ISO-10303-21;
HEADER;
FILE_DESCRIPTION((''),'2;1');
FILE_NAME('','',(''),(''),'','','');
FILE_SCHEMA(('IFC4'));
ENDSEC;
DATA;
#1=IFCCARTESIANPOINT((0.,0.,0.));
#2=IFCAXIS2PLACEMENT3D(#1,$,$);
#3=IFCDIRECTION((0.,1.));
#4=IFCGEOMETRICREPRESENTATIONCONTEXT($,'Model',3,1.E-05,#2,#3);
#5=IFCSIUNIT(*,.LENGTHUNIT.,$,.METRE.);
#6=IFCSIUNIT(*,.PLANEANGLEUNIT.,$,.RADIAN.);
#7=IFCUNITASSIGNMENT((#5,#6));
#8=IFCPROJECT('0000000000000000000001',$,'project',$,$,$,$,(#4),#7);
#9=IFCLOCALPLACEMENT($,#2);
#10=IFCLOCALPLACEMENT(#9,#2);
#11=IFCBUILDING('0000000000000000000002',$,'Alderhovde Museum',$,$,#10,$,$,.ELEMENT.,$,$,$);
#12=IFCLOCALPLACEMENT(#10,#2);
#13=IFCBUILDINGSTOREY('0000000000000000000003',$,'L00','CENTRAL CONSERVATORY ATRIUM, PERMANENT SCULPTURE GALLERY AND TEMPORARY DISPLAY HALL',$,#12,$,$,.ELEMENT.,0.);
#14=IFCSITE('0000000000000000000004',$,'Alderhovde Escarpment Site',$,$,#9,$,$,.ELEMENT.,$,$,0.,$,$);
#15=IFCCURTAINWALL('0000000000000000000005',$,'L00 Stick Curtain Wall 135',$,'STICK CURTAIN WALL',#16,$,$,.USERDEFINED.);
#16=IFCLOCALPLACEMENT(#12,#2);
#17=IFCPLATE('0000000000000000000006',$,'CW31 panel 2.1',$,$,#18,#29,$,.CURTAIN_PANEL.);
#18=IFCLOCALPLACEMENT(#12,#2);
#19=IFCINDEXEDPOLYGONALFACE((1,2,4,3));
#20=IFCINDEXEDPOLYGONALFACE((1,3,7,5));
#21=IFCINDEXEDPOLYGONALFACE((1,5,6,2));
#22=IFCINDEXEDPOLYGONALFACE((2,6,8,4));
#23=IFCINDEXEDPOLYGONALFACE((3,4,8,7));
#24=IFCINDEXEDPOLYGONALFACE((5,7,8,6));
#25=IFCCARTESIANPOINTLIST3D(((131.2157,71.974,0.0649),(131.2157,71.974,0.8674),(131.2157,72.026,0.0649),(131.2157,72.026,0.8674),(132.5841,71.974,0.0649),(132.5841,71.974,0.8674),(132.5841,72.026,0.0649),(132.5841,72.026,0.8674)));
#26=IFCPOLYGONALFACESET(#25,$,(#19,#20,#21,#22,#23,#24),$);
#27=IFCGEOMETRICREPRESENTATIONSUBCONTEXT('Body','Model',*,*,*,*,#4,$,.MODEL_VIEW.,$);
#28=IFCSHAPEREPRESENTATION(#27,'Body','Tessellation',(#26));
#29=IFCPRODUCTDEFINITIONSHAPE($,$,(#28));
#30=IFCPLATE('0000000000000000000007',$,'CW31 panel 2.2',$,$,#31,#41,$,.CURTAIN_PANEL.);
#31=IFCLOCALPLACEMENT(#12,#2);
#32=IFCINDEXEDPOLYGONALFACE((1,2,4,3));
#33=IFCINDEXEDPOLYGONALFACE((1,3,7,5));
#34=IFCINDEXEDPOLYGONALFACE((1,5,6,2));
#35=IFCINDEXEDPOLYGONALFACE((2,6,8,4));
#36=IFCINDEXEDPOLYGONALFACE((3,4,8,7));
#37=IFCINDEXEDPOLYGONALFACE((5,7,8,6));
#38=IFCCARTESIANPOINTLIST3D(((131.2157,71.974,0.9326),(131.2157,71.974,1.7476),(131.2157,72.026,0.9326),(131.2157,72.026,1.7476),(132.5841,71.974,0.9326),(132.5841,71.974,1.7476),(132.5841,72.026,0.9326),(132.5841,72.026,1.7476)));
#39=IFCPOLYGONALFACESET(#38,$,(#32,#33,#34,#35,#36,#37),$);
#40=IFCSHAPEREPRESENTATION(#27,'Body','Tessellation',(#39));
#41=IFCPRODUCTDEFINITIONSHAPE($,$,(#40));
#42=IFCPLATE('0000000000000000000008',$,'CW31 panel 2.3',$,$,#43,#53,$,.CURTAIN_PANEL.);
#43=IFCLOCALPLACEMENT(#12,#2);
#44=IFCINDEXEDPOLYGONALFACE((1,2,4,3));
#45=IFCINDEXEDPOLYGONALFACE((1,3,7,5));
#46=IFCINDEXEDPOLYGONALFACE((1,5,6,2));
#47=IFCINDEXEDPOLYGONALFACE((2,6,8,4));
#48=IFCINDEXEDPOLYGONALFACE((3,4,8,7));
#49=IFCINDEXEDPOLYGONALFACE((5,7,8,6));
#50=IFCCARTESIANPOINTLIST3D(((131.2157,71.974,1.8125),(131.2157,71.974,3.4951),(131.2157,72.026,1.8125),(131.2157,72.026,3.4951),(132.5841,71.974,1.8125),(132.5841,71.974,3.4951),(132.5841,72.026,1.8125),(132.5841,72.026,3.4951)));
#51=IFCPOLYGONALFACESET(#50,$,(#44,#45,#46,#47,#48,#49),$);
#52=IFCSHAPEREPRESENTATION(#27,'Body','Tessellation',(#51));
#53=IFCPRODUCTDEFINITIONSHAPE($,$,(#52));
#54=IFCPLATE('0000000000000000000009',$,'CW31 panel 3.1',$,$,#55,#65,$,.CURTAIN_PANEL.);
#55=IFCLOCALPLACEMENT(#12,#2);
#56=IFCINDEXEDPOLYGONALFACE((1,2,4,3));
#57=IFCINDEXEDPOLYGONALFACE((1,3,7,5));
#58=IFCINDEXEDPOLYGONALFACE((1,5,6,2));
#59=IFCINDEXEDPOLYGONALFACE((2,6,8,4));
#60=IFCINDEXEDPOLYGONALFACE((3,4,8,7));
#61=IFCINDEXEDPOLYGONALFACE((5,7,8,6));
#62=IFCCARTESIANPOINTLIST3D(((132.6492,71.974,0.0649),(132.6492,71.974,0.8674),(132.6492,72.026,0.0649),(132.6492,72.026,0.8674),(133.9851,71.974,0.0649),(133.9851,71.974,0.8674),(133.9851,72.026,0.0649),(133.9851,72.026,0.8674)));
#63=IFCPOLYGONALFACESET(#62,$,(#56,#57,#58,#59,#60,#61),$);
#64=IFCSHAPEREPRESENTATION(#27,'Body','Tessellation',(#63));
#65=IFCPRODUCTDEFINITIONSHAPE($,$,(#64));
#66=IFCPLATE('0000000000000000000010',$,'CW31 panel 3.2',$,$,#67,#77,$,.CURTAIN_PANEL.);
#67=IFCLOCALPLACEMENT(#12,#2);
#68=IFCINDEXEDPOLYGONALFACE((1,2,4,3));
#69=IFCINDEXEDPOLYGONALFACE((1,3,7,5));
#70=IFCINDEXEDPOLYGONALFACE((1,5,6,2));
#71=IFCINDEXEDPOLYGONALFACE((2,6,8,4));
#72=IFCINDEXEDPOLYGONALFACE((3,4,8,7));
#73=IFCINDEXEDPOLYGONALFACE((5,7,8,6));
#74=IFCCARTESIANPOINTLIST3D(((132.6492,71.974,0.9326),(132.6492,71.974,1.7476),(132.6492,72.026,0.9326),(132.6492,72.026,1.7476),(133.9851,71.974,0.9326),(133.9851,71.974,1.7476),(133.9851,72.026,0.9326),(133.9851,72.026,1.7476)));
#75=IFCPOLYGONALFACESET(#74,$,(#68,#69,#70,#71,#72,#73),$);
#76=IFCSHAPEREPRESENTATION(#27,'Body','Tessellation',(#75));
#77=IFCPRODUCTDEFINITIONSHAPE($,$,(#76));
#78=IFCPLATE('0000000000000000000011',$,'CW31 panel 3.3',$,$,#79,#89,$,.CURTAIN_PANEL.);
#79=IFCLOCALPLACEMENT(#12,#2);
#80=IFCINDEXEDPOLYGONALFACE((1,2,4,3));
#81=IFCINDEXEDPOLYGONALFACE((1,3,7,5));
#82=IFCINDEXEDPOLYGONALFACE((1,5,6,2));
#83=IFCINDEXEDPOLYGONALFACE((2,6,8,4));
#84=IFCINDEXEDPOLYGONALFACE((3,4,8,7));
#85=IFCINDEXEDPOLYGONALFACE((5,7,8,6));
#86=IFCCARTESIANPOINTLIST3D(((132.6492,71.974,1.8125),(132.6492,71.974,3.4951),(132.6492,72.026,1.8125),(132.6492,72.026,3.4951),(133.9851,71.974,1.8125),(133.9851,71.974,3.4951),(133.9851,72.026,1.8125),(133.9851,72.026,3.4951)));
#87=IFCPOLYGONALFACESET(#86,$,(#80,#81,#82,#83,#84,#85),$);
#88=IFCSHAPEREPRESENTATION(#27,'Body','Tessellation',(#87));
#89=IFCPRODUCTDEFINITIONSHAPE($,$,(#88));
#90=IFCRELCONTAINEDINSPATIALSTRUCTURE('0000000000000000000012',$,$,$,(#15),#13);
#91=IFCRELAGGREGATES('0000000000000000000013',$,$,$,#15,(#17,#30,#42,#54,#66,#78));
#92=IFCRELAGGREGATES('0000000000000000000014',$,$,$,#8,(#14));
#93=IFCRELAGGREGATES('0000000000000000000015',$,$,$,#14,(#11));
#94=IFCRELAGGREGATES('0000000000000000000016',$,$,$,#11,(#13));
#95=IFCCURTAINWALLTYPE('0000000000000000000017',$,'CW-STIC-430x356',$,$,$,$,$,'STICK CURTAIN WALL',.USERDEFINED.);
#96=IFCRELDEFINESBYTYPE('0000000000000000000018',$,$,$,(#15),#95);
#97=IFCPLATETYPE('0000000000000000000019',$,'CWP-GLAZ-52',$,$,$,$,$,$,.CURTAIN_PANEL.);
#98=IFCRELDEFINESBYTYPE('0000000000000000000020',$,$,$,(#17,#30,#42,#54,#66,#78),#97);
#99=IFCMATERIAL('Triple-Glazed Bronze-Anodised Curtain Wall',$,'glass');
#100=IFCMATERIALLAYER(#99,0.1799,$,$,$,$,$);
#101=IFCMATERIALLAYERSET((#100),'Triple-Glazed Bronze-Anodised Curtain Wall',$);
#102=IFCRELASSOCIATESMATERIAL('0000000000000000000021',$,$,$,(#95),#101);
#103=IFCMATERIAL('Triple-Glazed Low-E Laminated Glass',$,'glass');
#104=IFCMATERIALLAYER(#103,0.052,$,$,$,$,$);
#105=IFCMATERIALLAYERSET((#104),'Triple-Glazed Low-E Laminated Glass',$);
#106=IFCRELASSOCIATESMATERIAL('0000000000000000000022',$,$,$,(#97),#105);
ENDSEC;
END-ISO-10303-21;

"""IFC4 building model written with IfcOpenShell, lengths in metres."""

from ifc_helpers import new_model, si_unit, direction, frame, origin, origin_2d, place, context, subcontext, project, spatial, rectangle, extrude, material, layer, layer_set, type_object, element, aggregate, save


model = new_model("IFC4")

# Units and contexts
model_context = context("Model", 3, precision=1e-05, world=origin(), true_north=direction((0.0, 1.0)))
body_context = subcontext(model_context, "Body", "Model", "MODEL_VIEW")
ifc_project = project(units=[si_unit("LENGTHUNIT", "METRE"), si_unit("PLANEANGLEUNIT", "RADIAN")], contexts=[model_context])

# Site, building, storey
site_placement = place(None, origin())
site = spatial("IfcSite", under=ifc_project, at=site_placement, Name="Alderhovde Escarpment Site", CompositionType="ELEMENT", RefElevation=0.0)
building_placement = place(site_placement, origin())
building = spatial("IfcBuilding", under=site, at=building_placement, Name="Alderhovde Museum", CompositionType="ELEMENT")
storey_placement = place(building_placement, origin())
storey = spatial("IfcBuildingStorey", under=building, at=storey_placement, Name="L00", Description="CENTRAL CONSERVATORY ATRIUM, PERMANENT SCULPTURE GALLERY AND TEMPORARY DISPLAY HALL", CompositionType="ELEMENT", Elevation=0.0)

# Curtain wall
ifc_material_1 = material(Name="Triple-Glazed Bronze-Anodised Curtain Wall", Category="glass")
ifc_layer_1 = layer(ifc_material_1, 0.1799)
ifc_layer_set_1 = layer_set([ifc_layer_1], Name="Triple-Glazed Bronze-Anodised Curtain Wall")
curtain_wall_type = type_object("IfcCurtainWallType", Name="CW-STIC-430x356", ElementType="STICK CURTAIN WALL", PredefinedType="USERDEFINED", material=ifc_layer_set_1)
curtain_wall_1_placement = place(storey_placement, origin())
curtain_wall_1 = element("IfcCurtainWall", 1, at=curtain_wall_1_placement, inside=storey, type_object=curtain_wall_type, Name="L00 Stick Curtain Wall 135", ObjectType="STICK CURTAIN WALL", PredefinedType="USERDEFINED")

# Plates
ifc_material_2 = material(Name="Triple-Glazed Low-E Laminated Glass", Category="glass")
ifc_layer_2 = layer(ifc_material_2, 0.052)
ifc_layer_set_2 = layer_set([ifc_layer_2], Name="Triple-Glazed Low-E Laminated Glass")
plate_type_1 = type_object("IfcPlateType", Name="CWP-GLAZ-52", PredefinedType="CURTAIN_PANEL", material=ifc_layer_set_2)
plate_1_placement = place(storey_placement, frame((131.8999, 72.0, 0.0649), z_axis=(0.0, 0.0, 1.0), x_axis=(1.0, 0.0, 0.0)))
plate_1 = element("IfcPlate", 2, at=plate_1_placement, type_object=plate_type_1, Name="CW31 panel 2.1", PredefinedType="CURTAIN_PANEL", context=body_context, shape_type="SweptSolid", body=[
    extrude(rectangle(XDim=1.3684, YDim=0.052, at=origin_2d()), origin(), (0.0, 0.0, 1.0), 0.8025),
])
plate_2_placement = place(storey_placement, frame((131.8999, 72.0, 0.9326), z_axis=(0.0, 0.0, 1.0), x_axis=(1.0, 0.0, 0.0)))
plate_2 = element("IfcPlate", 3, at=plate_2_placement, type_object=plate_type_1, Name="CW31 panel 2.2", PredefinedType="CURTAIN_PANEL", context=body_context, shape_type="SweptSolid", body=[
    extrude(rectangle(XDim=1.3684, YDim=0.052, at=origin_2d()), origin(), (0.0, 0.0, 1.0), 0.8149),
])
plate_3_placement = place(storey_placement, frame((131.8999, 72.0, 1.8125), z_axis=(0.0, 0.0, 1.0), x_axis=(1.0, 0.0, 0.0)))
plate_3 = element("IfcPlate", 4, at=plate_3_placement, type_object=plate_type_1, Name="CW31 panel 2.3", PredefinedType="CURTAIN_PANEL", context=body_context, shape_type="SweptSolid", body=[
    extrude(rectangle(XDim=1.3684, YDim=0.052, at=origin_2d()), origin(), (0.0, 0.0, 1.0), 1.6826),
])
plate_4_placement = place(storey_placement, frame((133.3171, 72.0, 0.0649), z_axis=(0.0, 0.0, 1.0), x_axis=(1.0, 0.0, 0.0)))
plate_4 = element("IfcPlate", 5, at=plate_4_placement, type_object=plate_type_1, Name="CW31 panel 3.1", PredefinedType="CURTAIN_PANEL", context=body_context, shape_type="SweptSolid", body=[
    extrude(rectangle(XDim=1.3359, YDim=0.052, at=origin_2d()), origin(), (0.0, 0.0, 1.0), 0.8025),
])
plate_5_placement = place(storey_placement, frame((133.3171, 72.0, 0.9326), z_axis=(0.0, 0.0, 1.0), x_axis=(1.0, 0.0, 0.0)))
plate_5 = element("IfcPlate", 6, at=plate_5_placement, type_object=plate_type_1, Name="CW31 panel 3.2", PredefinedType="CURTAIN_PANEL", context=body_context, shape_type="SweptSolid", body=[
    extrude(rectangle(XDim=1.3359, YDim=0.052, at=origin_2d()), origin(), (0.0, 0.0, 1.0), 0.8149),
])
plate_6_placement = place(storey_placement, frame((133.3171, 72.0, 1.8125), z_axis=(0.0, 0.0, 1.0), x_axis=(1.0, 0.0, 0.0)))
plate_6 = element("IfcPlate", 7, at=plate_6_placement, type_object=plate_type_1, Name="CW31 panel 3.3", PredefinedType="CURTAIN_PANEL", context=body_context, shape_type="SweptSolid", body=[
    extrude(rectangle(XDim=1.3359, YDim=0.052, at=origin_2d()), origin(), (0.0, 0.0, 1.0), 1.6826),
])
aggregate(curtain_wall_1, [plate_1, plate_2, plate_3, plate_4, plate_5, plate_6])

save(model, "model.ifc")
